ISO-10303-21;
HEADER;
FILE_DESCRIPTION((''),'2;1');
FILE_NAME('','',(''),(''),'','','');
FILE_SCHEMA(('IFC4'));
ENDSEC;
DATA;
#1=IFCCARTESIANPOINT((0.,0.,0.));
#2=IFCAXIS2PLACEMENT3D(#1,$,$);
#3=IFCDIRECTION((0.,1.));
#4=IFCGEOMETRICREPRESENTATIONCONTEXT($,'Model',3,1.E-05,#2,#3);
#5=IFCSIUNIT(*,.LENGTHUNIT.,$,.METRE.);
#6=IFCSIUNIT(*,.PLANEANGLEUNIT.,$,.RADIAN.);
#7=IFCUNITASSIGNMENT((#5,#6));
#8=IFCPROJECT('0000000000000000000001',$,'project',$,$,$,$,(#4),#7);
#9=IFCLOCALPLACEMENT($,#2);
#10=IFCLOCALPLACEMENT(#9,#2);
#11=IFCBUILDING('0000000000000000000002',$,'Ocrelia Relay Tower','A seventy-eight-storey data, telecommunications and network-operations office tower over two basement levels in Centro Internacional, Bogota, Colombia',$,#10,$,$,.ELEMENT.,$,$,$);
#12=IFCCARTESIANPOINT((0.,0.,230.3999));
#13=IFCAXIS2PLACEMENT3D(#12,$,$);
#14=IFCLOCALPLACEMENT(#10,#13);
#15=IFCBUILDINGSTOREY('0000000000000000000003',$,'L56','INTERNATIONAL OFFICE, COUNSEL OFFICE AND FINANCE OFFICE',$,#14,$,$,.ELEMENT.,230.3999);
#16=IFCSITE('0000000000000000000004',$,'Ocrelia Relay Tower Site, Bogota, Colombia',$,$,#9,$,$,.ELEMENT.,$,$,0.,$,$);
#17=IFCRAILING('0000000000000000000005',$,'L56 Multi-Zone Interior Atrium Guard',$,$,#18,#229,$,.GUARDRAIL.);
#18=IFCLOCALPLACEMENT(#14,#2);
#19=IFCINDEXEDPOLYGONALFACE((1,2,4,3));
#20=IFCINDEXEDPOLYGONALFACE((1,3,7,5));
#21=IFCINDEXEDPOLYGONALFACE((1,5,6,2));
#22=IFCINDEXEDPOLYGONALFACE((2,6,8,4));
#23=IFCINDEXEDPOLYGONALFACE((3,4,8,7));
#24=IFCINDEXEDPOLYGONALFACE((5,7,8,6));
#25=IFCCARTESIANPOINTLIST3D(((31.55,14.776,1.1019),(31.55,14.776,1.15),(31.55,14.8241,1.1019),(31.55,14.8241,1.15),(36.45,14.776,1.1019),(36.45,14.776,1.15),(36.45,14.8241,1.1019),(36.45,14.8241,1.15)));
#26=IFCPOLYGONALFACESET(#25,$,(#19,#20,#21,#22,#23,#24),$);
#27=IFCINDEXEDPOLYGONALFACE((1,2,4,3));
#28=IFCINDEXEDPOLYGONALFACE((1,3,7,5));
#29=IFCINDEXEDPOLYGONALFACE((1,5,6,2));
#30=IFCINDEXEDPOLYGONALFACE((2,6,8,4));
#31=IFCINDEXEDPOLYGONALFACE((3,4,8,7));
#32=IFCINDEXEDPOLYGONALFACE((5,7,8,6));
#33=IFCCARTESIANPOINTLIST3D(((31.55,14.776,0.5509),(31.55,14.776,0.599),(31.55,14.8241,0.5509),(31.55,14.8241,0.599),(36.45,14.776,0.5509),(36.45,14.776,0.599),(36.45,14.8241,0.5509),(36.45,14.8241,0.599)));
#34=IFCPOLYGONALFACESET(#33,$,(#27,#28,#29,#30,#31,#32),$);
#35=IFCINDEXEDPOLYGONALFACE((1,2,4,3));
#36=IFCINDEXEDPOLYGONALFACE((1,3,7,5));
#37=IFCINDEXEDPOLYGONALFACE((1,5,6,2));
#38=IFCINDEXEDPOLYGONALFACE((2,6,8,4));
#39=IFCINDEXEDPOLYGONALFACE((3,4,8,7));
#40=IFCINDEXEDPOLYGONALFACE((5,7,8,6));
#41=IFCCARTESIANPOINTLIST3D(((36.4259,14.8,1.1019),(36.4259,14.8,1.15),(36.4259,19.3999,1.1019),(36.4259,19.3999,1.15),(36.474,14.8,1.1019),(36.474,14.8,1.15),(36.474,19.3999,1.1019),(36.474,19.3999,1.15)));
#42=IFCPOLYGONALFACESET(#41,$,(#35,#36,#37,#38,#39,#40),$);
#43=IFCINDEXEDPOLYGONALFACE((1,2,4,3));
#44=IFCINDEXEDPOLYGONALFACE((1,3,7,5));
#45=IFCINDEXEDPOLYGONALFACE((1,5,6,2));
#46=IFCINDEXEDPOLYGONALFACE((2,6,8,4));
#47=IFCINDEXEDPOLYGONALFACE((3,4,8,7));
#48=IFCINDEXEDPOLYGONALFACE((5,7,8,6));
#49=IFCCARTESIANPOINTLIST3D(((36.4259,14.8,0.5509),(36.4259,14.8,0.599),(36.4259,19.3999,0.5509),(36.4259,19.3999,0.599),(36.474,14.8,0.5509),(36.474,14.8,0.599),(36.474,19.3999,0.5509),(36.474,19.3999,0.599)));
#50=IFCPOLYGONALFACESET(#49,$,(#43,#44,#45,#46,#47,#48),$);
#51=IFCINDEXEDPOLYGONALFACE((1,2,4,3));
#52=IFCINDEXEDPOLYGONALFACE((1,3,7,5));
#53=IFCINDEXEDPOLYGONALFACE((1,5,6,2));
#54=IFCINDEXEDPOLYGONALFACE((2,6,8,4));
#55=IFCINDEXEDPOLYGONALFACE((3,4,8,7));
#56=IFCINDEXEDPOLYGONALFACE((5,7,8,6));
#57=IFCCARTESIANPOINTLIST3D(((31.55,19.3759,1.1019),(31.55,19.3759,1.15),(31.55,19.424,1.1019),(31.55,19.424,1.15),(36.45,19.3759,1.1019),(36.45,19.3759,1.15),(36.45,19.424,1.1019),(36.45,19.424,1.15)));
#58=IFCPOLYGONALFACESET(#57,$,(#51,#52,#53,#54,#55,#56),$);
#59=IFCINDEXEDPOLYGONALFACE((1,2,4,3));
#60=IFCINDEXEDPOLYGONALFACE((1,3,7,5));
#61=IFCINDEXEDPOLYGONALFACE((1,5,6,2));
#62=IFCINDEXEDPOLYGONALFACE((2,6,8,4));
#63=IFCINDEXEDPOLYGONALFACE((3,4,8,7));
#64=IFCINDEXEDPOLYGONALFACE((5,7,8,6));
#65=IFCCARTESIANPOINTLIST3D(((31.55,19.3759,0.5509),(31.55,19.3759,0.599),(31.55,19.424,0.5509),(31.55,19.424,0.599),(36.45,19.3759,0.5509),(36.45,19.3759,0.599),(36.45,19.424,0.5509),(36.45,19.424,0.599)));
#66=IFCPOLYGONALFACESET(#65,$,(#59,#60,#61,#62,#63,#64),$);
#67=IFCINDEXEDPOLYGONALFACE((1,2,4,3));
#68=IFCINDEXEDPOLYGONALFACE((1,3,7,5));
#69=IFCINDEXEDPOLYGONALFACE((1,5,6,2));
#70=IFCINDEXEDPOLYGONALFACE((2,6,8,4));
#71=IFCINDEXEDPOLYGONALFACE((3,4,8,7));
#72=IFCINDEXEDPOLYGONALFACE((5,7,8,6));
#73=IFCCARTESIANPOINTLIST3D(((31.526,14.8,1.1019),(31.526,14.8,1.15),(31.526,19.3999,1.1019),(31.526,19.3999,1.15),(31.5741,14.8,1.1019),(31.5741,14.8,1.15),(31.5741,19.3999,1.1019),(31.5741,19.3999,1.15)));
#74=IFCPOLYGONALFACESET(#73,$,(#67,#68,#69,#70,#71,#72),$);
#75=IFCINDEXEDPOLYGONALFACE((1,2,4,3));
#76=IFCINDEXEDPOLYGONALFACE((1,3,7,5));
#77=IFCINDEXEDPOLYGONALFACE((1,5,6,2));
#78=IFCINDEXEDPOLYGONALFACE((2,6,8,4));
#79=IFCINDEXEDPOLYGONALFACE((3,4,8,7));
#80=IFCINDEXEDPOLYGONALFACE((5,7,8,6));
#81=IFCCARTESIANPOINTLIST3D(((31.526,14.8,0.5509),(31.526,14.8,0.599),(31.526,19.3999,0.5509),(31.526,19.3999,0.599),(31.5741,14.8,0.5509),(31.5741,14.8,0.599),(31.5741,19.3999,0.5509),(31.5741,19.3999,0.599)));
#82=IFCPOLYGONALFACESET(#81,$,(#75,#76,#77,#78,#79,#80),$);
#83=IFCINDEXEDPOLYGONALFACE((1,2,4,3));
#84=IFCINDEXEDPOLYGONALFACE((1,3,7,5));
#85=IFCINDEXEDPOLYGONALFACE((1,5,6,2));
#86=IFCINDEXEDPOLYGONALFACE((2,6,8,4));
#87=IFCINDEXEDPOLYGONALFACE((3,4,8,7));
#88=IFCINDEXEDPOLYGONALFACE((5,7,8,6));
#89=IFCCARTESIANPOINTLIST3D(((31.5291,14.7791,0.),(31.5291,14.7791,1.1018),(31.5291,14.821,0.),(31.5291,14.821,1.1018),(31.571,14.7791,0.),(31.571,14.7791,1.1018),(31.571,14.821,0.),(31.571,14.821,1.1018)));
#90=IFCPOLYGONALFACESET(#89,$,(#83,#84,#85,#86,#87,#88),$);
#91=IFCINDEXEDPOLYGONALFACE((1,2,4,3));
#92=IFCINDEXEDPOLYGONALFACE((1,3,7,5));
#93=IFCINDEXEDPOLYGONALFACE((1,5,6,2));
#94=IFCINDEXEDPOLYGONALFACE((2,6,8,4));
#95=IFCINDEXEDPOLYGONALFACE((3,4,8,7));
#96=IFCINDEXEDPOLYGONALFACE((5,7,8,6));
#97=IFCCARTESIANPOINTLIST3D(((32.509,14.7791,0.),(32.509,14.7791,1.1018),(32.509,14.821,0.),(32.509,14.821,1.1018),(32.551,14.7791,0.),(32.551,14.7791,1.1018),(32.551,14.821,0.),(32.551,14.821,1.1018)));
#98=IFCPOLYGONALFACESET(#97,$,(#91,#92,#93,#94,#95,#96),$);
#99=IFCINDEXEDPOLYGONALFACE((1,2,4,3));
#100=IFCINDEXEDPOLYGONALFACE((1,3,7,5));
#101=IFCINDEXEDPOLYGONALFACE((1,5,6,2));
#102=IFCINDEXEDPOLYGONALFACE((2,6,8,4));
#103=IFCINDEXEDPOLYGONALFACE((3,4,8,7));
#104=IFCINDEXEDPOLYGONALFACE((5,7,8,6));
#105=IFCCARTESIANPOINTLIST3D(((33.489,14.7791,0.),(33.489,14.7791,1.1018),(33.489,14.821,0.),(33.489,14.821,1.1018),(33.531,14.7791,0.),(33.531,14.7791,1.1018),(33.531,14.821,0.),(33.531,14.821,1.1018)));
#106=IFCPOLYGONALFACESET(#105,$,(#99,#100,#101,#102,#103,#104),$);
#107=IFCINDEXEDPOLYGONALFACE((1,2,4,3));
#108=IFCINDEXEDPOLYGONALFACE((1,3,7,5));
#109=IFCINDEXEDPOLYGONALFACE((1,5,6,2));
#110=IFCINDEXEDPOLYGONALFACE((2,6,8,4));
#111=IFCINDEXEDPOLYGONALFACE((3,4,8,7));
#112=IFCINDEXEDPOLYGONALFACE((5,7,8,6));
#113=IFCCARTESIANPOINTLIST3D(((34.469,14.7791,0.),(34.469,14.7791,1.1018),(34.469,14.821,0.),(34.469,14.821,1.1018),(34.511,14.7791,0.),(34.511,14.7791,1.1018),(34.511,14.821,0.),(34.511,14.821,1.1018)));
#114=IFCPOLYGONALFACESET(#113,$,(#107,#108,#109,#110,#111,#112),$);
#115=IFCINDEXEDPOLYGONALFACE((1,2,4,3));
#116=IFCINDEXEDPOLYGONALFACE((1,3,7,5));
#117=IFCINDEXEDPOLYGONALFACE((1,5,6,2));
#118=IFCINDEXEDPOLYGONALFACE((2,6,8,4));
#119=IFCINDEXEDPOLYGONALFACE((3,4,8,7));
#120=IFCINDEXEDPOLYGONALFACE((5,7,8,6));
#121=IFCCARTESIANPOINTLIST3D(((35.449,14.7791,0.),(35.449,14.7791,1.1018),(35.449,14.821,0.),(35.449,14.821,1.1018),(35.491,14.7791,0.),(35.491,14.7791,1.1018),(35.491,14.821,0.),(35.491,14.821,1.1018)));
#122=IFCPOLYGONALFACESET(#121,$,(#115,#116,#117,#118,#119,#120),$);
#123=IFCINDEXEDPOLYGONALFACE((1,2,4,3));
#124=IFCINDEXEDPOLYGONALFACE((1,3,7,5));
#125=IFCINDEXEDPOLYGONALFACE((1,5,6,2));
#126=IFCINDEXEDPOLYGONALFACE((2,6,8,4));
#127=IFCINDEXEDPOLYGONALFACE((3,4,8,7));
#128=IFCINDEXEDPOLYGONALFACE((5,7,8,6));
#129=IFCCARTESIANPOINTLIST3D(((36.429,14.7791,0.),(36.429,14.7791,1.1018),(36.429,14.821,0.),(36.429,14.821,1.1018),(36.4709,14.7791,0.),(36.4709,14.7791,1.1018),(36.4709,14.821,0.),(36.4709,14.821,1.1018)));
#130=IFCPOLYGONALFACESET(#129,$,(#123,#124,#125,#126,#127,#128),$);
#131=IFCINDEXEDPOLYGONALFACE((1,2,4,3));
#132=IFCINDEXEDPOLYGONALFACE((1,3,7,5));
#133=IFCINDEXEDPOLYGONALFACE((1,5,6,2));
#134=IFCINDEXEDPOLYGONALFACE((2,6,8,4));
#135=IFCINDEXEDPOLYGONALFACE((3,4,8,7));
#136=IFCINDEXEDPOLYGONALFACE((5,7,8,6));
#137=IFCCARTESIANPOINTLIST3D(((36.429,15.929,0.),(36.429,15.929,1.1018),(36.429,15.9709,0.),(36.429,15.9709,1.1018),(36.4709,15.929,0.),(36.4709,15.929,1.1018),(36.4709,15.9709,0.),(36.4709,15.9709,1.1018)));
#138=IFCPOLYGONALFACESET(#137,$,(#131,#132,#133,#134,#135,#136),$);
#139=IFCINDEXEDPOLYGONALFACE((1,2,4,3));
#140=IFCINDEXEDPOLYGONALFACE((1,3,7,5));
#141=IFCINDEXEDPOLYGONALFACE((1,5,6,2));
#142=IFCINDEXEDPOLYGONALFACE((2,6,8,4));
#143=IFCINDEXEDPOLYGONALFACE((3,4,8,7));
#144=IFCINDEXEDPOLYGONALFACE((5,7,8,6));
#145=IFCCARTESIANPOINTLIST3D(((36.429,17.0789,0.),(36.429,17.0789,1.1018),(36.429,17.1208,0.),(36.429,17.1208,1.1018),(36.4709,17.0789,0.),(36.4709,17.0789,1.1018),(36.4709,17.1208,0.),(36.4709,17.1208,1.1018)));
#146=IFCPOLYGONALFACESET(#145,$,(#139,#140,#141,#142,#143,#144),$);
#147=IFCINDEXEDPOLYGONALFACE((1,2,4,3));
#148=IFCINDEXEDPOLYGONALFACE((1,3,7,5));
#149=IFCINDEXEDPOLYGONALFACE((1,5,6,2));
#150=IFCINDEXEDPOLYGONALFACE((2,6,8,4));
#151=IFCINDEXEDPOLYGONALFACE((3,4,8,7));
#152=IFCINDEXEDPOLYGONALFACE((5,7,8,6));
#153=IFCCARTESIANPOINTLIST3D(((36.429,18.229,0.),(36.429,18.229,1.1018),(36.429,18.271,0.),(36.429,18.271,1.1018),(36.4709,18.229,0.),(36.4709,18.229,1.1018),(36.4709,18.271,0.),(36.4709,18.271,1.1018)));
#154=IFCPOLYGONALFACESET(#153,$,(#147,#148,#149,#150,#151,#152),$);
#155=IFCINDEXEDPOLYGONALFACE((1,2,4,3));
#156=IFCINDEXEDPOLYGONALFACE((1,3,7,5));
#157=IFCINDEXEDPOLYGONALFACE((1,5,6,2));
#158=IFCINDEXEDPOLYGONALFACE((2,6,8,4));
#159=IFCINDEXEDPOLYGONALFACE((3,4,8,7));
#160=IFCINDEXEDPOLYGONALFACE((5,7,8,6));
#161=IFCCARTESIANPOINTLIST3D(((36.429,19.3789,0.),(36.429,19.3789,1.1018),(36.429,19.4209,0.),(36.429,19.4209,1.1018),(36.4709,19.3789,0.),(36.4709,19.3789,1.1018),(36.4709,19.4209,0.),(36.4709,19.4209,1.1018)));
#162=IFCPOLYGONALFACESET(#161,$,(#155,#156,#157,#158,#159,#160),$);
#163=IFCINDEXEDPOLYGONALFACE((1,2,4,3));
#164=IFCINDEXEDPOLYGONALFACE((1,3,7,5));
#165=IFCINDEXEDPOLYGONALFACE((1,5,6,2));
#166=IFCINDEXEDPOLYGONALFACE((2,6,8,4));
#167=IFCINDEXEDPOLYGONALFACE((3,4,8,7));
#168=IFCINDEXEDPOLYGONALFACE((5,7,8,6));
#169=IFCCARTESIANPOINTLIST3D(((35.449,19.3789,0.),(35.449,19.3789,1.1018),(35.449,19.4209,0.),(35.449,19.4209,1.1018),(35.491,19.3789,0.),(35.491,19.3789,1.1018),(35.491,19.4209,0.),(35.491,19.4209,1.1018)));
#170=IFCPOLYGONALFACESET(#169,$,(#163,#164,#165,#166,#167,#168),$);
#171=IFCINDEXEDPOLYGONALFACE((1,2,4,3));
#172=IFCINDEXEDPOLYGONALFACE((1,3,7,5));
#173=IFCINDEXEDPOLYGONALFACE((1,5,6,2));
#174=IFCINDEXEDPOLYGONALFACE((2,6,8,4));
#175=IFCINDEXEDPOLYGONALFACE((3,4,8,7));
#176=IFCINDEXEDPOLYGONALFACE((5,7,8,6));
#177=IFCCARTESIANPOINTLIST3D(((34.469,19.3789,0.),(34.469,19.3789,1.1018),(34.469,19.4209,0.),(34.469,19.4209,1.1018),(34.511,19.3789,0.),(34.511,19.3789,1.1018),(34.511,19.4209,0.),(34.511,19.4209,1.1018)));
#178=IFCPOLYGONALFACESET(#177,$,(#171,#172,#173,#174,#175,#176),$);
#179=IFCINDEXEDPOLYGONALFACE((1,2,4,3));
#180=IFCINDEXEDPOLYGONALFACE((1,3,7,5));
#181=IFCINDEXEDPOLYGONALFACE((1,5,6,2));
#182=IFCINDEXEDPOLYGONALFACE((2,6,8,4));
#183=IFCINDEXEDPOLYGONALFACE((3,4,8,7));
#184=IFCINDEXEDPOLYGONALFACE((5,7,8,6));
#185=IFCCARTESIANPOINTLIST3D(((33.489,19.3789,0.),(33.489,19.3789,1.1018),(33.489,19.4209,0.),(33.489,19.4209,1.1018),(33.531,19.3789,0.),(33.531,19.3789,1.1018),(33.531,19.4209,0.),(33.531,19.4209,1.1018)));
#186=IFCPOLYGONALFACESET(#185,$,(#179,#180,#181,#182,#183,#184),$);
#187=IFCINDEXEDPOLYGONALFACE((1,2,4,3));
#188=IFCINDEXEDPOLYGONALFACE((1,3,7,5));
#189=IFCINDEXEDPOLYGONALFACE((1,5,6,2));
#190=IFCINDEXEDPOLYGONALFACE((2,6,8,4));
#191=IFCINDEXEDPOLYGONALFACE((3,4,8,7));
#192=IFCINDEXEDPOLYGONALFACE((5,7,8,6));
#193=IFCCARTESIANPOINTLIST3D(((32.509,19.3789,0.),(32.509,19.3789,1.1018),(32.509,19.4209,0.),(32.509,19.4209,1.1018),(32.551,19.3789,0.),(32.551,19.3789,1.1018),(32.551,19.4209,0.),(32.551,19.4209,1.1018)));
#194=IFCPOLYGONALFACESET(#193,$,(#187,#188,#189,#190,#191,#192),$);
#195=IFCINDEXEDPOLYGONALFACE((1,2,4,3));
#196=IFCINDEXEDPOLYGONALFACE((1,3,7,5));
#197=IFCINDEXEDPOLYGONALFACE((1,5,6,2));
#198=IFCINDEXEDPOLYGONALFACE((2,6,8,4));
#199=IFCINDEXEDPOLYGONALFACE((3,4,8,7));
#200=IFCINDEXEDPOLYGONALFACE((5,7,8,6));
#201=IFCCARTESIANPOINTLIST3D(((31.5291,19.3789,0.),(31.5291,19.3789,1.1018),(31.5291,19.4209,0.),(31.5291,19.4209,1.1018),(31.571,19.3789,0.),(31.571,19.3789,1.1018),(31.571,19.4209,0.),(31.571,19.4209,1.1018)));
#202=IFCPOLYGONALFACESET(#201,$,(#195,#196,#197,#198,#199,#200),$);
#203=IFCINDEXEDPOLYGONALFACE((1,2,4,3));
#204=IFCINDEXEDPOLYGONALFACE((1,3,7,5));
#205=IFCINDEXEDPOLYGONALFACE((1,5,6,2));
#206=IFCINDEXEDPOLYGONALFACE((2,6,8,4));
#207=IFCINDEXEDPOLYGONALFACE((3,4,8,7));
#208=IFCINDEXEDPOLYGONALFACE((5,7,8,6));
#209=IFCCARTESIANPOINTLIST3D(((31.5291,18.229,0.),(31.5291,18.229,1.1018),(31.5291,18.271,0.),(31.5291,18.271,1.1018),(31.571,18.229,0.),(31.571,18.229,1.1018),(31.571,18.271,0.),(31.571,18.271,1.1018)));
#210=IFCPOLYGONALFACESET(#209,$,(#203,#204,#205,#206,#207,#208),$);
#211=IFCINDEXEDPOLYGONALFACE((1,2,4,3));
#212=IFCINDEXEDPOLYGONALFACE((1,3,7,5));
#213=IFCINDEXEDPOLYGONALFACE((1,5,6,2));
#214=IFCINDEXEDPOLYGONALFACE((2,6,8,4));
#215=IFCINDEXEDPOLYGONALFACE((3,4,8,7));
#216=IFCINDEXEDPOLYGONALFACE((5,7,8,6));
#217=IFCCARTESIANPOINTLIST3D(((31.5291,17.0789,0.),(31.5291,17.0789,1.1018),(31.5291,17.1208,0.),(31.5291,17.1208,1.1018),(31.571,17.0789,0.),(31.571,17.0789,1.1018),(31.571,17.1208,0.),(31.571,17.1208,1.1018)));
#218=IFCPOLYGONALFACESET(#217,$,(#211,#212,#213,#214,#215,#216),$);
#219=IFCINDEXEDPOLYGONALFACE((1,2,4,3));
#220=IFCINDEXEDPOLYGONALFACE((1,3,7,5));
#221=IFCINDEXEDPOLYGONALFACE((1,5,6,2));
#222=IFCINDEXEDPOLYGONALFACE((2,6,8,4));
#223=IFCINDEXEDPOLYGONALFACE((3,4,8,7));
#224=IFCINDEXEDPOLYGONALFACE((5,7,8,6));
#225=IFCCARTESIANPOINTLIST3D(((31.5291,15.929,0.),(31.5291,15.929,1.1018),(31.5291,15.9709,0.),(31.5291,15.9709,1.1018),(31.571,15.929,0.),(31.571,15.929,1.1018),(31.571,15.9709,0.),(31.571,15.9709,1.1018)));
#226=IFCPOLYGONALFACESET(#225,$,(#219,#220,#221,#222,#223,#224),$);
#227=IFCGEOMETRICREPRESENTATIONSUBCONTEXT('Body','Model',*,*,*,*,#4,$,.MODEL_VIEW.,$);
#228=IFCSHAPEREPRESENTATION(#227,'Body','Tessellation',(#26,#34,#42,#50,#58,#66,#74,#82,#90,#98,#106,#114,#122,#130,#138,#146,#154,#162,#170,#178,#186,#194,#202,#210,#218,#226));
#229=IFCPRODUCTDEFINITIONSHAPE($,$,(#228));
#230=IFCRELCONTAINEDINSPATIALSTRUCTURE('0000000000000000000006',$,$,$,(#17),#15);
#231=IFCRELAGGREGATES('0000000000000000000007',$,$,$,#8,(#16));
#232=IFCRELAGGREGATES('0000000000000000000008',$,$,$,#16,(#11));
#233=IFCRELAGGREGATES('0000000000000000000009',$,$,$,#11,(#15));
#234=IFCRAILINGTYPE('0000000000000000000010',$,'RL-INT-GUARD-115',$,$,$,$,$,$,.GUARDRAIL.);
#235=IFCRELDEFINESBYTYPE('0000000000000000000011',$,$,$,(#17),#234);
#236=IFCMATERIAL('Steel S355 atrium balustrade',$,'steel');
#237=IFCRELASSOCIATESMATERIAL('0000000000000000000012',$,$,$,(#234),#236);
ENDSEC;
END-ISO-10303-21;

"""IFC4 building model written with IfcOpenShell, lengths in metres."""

from ifc_helpers import new_model, si_unit, direction, frame, origin, origin_2d, place, context, subcontext, project, spatial, rectangle, extrude, material, type_object, element, save


model = new_model("IFC4")

# Units and contexts
model_context = context("Model", 3, precision=1e-05, world=origin(), true_north=direction((0.0, 1.0)))
body_context = subcontext(model_context, "Body", "Model", "MODEL_VIEW")
ifc_project = project(units=[si_unit("LENGTHUNIT", "METRE"), si_unit("PLANEANGLEUNIT", "RADIAN")], contexts=[model_context])

# Site, building, storey
site_placement = place(None, origin())
site = spatial("IfcSite", under=ifc_project, at=site_placement, Name="Ocrelia Relay Tower Site, Bogota, Colombia", CompositionType="ELEMENT", RefElevation=0.0)
building_placement = place(site_placement, origin())
building = spatial("IfcBuilding", under=site, at=building_placement, Name="Ocrelia Relay Tower", Description="A seventy-eight-storey data, telecommunications and network-operations office tower over two basement levels in Centro Internacional, Bogota, Colombia", CompositionType="ELEMENT")
storey_placement = place(building_placement, frame((0.0, 0.0, 230.3999)))
storey = spatial("IfcBuildingStorey", under=building, at=storey_placement, Name="L56", Description="INTERNATIONAL OFFICE, COUNSEL OFFICE AND FINANCE OFFICE", CompositionType="ELEMENT", Elevation=230.3999)

# Railing
ifc_material_1 = material(Name="Steel S355 atrium balustrade", Category="steel")
railing_type = type_object("IfcRailingType", Name="RL-INT-GUARD-115", PredefinedType="GUARDRAIL", material=ifc_material_1)
railing_placement = place(storey_placement, frame((31.55, 14.8, 0.0)))
element("IfcRailing", 1, at=railing_placement, inside=storey, type_object=railing_type, Name="L56 Multi-Zone Interior Atrium Guard", PredefinedType="GUARDRAIL", context=body_context, shape_type="SweptSolid", body=[
    extrude(rectangle(XDim=0.0481, YDim=0.0481, at=origin_2d()), frame((0.0, 0.0, 1.126), z_axis=(1.0, 0.0, 0.0), x_axis=(0.0, 1.0, 0.0)), (0.0, 0.0, 1.0), 4.8999),
    extrude(rectangle(XDim=0.0481, YDim=0.0481, at=origin_2d()), frame((0.0, 0.0, 0.575), z_axis=(1.0, 0.0, 0.0), x_axis=(0.0, 1.0, 0.0)), (0.0, 0.0, 1.0), 4.8999),
    extrude(rectangle(XDim=0.0481, YDim=0.0481, at=origin_2d()), frame((4.8999, 0.0, 1.126), z_axis=(0.0, 1.0, 0.0), x_axis=(-1.0, 0.0, 0.0)), (0.0, 0.0, 1.0), 4.5999),
    extrude(rectangle(XDim=0.0481, YDim=0.0481, at=origin_2d()), frame((4.8999, 0.0, 0.575), z_axis=(0.0, 1.0, 0.0), x_axis=(-1.0, 0.0, 0.0)), (0.0, 0.0, 1.0), 4.5999),
    extrude(rectangle(XDim=0.0481, YDim=0.0481, at=origin_2d()), frame((4.8999, 4.5999, 1.126), z_axis=(-1.0, 0.0, 0.0), x_axis=(0.0, -1.0, 0.0)), (0.0, 0.0, 1.0), 4.8999),
    extrude(rectangle(XDim=0.0481, YDim=0.0481, at=origin_2d()), frame((4.8999, 4.5999, 0.575), z_axis=(-1.0, 0.0, 0.0), x_axis=(0.0, -1.0, 0.0)), (0.0, 0.0, 1.0), 4.8999),
    extrude(rectangle(XDim=0.0481, YDim=0.0481, at=origin_2d()), frame((0.0, 4.5999, 1.126), z_axis=(0.0, -1.0, 0.0), x_axis=(1.0, 0.0, 0.0)), (0.0, 0.0, 1.0), 4.5999),
    extrude(rectangle(XDim=0.0481, YDim=0.0481, at=origin_2d()), frame((0.0, 4.5999, 0.575), z_axis=(0.0, -1.0, 0.0), x_axis=(1.0, 0.0, 0.0)), (0.0, 0.0, 1.0), 4.5999),
    extrude(rectangle(XDim=0.042, YDim=0.042, at=origin_2d()), origin(), (0.0, 0.0, 1.0), 1.1018),
    extrude(rectangle(XDim=0.042, YDim=0.042, at=origin_2d()), frame((0.98, 0.0, 0.0)), (0.0, 0.0, 1.0), 1.1018),
    extrude(rectangle(XDim=0.042, YDim=0.042, at=origin_2d()), frame((1.96, 0.0, 0.0)), (0.0, 0.0, 1.0), 1.1018),
    extrude(rectangle(XDim=0.042, YDim=0.042, at=origin_2d()), frame((2.9399, 0.0, 0.0)), (0.0, 0.0, 1.0), 1.1018),
    extrude(rectangle(XDim=0.042, YDim=0.042, at=origin_2d()), frame((3.9199, 0.0, 0.0)), (0.0, 0.0, 1.0), 1.1018),
    extrude(rectangle(XDim=0.042, YDim=0.042, at=origin_2d()), frame((4.8999, 0.0, 0.0)), (0.0, 0.0, 1.0), 1.1018),
    extrude(rectangle(XDim=0.042, YDim=0.042, at=origin_2d()), frame((4.8999, 1.1499, 0.0)), (0.0, 0.0, 1.0), 1.1018),
    extrude(rectangle(XDim=0.042, YDim=0.042, at=origin_2d()), frame((4.8999, 2.2998, 0.0)), (0.0, 0.0, 1.0), 1.1018),
    extrude(rectangle(XDim=0.042, YDim=0.042, at=origin_2d()), frame((4.8999, 3.45, 0.0)), (0.0, 0.0, 1.0), 1.1018),
    extrude(rectangle(XDim=0.042, YDim=0.042, at=origin_2d()), frame((4.8999, 4.5999, 0.0)), (0.0, 0.0, 1.0), 1.1018),
    extrude(rectangle(XDim=0.042, YDim=0.042, at=origin_2d()), frame((3.9199, 4.5999, 0.0)), (0.0, 0.0, 1.0), 1.1018),
    extrude(rectangle(XDim=0.042, YDim=0.042, at=origin_2d()), frame((2.9399, 4.5999, 0.0)), (0.0, 0.0, 1.0), 1.1018),
    extrude(rectangle(XDim=0.042, YDim=0.042, at=origin_2d()), frame((1.96, 4.5999, 0.0)), (0.0, 0.0, 1.0), 1.1018),
    extrude(rectangle(XDim=0.042, YDim=0.042, at=origin_2d()), frame((0.98, 4.5999, 0.0)), (0.0, 0.0, 1.0), 1.1018),
    extrude(rectangle(XDim=0.042, YDim=0.042, at=origin_2d()), frame((0.0, 4.5999, 0.0)), (0.0, 0.0, 1.0), 1.1018),
    extrude(rectangle(XDim=0.042, YDim=0.042, at=origin_2d()), frame((0.0, 3.45, 0.0)), (0.0, 0.0, 1.0), 1.1018),
    extrude(rectangle(XDim=0.042, YDim=0.042, at=origin_2d()), frame((0.0, 2.2998, 0.0)), (0.0, 0.0, 1.0), 1.1018),
    extrude(rectangle(XDim=0.042, YDim=0.042, at=origin_2d()), frame((0.0, 1.1499, 0.0)), (0.0, 0.0, 1.0), 1.1018),
])

save(model, "model.ifc")
